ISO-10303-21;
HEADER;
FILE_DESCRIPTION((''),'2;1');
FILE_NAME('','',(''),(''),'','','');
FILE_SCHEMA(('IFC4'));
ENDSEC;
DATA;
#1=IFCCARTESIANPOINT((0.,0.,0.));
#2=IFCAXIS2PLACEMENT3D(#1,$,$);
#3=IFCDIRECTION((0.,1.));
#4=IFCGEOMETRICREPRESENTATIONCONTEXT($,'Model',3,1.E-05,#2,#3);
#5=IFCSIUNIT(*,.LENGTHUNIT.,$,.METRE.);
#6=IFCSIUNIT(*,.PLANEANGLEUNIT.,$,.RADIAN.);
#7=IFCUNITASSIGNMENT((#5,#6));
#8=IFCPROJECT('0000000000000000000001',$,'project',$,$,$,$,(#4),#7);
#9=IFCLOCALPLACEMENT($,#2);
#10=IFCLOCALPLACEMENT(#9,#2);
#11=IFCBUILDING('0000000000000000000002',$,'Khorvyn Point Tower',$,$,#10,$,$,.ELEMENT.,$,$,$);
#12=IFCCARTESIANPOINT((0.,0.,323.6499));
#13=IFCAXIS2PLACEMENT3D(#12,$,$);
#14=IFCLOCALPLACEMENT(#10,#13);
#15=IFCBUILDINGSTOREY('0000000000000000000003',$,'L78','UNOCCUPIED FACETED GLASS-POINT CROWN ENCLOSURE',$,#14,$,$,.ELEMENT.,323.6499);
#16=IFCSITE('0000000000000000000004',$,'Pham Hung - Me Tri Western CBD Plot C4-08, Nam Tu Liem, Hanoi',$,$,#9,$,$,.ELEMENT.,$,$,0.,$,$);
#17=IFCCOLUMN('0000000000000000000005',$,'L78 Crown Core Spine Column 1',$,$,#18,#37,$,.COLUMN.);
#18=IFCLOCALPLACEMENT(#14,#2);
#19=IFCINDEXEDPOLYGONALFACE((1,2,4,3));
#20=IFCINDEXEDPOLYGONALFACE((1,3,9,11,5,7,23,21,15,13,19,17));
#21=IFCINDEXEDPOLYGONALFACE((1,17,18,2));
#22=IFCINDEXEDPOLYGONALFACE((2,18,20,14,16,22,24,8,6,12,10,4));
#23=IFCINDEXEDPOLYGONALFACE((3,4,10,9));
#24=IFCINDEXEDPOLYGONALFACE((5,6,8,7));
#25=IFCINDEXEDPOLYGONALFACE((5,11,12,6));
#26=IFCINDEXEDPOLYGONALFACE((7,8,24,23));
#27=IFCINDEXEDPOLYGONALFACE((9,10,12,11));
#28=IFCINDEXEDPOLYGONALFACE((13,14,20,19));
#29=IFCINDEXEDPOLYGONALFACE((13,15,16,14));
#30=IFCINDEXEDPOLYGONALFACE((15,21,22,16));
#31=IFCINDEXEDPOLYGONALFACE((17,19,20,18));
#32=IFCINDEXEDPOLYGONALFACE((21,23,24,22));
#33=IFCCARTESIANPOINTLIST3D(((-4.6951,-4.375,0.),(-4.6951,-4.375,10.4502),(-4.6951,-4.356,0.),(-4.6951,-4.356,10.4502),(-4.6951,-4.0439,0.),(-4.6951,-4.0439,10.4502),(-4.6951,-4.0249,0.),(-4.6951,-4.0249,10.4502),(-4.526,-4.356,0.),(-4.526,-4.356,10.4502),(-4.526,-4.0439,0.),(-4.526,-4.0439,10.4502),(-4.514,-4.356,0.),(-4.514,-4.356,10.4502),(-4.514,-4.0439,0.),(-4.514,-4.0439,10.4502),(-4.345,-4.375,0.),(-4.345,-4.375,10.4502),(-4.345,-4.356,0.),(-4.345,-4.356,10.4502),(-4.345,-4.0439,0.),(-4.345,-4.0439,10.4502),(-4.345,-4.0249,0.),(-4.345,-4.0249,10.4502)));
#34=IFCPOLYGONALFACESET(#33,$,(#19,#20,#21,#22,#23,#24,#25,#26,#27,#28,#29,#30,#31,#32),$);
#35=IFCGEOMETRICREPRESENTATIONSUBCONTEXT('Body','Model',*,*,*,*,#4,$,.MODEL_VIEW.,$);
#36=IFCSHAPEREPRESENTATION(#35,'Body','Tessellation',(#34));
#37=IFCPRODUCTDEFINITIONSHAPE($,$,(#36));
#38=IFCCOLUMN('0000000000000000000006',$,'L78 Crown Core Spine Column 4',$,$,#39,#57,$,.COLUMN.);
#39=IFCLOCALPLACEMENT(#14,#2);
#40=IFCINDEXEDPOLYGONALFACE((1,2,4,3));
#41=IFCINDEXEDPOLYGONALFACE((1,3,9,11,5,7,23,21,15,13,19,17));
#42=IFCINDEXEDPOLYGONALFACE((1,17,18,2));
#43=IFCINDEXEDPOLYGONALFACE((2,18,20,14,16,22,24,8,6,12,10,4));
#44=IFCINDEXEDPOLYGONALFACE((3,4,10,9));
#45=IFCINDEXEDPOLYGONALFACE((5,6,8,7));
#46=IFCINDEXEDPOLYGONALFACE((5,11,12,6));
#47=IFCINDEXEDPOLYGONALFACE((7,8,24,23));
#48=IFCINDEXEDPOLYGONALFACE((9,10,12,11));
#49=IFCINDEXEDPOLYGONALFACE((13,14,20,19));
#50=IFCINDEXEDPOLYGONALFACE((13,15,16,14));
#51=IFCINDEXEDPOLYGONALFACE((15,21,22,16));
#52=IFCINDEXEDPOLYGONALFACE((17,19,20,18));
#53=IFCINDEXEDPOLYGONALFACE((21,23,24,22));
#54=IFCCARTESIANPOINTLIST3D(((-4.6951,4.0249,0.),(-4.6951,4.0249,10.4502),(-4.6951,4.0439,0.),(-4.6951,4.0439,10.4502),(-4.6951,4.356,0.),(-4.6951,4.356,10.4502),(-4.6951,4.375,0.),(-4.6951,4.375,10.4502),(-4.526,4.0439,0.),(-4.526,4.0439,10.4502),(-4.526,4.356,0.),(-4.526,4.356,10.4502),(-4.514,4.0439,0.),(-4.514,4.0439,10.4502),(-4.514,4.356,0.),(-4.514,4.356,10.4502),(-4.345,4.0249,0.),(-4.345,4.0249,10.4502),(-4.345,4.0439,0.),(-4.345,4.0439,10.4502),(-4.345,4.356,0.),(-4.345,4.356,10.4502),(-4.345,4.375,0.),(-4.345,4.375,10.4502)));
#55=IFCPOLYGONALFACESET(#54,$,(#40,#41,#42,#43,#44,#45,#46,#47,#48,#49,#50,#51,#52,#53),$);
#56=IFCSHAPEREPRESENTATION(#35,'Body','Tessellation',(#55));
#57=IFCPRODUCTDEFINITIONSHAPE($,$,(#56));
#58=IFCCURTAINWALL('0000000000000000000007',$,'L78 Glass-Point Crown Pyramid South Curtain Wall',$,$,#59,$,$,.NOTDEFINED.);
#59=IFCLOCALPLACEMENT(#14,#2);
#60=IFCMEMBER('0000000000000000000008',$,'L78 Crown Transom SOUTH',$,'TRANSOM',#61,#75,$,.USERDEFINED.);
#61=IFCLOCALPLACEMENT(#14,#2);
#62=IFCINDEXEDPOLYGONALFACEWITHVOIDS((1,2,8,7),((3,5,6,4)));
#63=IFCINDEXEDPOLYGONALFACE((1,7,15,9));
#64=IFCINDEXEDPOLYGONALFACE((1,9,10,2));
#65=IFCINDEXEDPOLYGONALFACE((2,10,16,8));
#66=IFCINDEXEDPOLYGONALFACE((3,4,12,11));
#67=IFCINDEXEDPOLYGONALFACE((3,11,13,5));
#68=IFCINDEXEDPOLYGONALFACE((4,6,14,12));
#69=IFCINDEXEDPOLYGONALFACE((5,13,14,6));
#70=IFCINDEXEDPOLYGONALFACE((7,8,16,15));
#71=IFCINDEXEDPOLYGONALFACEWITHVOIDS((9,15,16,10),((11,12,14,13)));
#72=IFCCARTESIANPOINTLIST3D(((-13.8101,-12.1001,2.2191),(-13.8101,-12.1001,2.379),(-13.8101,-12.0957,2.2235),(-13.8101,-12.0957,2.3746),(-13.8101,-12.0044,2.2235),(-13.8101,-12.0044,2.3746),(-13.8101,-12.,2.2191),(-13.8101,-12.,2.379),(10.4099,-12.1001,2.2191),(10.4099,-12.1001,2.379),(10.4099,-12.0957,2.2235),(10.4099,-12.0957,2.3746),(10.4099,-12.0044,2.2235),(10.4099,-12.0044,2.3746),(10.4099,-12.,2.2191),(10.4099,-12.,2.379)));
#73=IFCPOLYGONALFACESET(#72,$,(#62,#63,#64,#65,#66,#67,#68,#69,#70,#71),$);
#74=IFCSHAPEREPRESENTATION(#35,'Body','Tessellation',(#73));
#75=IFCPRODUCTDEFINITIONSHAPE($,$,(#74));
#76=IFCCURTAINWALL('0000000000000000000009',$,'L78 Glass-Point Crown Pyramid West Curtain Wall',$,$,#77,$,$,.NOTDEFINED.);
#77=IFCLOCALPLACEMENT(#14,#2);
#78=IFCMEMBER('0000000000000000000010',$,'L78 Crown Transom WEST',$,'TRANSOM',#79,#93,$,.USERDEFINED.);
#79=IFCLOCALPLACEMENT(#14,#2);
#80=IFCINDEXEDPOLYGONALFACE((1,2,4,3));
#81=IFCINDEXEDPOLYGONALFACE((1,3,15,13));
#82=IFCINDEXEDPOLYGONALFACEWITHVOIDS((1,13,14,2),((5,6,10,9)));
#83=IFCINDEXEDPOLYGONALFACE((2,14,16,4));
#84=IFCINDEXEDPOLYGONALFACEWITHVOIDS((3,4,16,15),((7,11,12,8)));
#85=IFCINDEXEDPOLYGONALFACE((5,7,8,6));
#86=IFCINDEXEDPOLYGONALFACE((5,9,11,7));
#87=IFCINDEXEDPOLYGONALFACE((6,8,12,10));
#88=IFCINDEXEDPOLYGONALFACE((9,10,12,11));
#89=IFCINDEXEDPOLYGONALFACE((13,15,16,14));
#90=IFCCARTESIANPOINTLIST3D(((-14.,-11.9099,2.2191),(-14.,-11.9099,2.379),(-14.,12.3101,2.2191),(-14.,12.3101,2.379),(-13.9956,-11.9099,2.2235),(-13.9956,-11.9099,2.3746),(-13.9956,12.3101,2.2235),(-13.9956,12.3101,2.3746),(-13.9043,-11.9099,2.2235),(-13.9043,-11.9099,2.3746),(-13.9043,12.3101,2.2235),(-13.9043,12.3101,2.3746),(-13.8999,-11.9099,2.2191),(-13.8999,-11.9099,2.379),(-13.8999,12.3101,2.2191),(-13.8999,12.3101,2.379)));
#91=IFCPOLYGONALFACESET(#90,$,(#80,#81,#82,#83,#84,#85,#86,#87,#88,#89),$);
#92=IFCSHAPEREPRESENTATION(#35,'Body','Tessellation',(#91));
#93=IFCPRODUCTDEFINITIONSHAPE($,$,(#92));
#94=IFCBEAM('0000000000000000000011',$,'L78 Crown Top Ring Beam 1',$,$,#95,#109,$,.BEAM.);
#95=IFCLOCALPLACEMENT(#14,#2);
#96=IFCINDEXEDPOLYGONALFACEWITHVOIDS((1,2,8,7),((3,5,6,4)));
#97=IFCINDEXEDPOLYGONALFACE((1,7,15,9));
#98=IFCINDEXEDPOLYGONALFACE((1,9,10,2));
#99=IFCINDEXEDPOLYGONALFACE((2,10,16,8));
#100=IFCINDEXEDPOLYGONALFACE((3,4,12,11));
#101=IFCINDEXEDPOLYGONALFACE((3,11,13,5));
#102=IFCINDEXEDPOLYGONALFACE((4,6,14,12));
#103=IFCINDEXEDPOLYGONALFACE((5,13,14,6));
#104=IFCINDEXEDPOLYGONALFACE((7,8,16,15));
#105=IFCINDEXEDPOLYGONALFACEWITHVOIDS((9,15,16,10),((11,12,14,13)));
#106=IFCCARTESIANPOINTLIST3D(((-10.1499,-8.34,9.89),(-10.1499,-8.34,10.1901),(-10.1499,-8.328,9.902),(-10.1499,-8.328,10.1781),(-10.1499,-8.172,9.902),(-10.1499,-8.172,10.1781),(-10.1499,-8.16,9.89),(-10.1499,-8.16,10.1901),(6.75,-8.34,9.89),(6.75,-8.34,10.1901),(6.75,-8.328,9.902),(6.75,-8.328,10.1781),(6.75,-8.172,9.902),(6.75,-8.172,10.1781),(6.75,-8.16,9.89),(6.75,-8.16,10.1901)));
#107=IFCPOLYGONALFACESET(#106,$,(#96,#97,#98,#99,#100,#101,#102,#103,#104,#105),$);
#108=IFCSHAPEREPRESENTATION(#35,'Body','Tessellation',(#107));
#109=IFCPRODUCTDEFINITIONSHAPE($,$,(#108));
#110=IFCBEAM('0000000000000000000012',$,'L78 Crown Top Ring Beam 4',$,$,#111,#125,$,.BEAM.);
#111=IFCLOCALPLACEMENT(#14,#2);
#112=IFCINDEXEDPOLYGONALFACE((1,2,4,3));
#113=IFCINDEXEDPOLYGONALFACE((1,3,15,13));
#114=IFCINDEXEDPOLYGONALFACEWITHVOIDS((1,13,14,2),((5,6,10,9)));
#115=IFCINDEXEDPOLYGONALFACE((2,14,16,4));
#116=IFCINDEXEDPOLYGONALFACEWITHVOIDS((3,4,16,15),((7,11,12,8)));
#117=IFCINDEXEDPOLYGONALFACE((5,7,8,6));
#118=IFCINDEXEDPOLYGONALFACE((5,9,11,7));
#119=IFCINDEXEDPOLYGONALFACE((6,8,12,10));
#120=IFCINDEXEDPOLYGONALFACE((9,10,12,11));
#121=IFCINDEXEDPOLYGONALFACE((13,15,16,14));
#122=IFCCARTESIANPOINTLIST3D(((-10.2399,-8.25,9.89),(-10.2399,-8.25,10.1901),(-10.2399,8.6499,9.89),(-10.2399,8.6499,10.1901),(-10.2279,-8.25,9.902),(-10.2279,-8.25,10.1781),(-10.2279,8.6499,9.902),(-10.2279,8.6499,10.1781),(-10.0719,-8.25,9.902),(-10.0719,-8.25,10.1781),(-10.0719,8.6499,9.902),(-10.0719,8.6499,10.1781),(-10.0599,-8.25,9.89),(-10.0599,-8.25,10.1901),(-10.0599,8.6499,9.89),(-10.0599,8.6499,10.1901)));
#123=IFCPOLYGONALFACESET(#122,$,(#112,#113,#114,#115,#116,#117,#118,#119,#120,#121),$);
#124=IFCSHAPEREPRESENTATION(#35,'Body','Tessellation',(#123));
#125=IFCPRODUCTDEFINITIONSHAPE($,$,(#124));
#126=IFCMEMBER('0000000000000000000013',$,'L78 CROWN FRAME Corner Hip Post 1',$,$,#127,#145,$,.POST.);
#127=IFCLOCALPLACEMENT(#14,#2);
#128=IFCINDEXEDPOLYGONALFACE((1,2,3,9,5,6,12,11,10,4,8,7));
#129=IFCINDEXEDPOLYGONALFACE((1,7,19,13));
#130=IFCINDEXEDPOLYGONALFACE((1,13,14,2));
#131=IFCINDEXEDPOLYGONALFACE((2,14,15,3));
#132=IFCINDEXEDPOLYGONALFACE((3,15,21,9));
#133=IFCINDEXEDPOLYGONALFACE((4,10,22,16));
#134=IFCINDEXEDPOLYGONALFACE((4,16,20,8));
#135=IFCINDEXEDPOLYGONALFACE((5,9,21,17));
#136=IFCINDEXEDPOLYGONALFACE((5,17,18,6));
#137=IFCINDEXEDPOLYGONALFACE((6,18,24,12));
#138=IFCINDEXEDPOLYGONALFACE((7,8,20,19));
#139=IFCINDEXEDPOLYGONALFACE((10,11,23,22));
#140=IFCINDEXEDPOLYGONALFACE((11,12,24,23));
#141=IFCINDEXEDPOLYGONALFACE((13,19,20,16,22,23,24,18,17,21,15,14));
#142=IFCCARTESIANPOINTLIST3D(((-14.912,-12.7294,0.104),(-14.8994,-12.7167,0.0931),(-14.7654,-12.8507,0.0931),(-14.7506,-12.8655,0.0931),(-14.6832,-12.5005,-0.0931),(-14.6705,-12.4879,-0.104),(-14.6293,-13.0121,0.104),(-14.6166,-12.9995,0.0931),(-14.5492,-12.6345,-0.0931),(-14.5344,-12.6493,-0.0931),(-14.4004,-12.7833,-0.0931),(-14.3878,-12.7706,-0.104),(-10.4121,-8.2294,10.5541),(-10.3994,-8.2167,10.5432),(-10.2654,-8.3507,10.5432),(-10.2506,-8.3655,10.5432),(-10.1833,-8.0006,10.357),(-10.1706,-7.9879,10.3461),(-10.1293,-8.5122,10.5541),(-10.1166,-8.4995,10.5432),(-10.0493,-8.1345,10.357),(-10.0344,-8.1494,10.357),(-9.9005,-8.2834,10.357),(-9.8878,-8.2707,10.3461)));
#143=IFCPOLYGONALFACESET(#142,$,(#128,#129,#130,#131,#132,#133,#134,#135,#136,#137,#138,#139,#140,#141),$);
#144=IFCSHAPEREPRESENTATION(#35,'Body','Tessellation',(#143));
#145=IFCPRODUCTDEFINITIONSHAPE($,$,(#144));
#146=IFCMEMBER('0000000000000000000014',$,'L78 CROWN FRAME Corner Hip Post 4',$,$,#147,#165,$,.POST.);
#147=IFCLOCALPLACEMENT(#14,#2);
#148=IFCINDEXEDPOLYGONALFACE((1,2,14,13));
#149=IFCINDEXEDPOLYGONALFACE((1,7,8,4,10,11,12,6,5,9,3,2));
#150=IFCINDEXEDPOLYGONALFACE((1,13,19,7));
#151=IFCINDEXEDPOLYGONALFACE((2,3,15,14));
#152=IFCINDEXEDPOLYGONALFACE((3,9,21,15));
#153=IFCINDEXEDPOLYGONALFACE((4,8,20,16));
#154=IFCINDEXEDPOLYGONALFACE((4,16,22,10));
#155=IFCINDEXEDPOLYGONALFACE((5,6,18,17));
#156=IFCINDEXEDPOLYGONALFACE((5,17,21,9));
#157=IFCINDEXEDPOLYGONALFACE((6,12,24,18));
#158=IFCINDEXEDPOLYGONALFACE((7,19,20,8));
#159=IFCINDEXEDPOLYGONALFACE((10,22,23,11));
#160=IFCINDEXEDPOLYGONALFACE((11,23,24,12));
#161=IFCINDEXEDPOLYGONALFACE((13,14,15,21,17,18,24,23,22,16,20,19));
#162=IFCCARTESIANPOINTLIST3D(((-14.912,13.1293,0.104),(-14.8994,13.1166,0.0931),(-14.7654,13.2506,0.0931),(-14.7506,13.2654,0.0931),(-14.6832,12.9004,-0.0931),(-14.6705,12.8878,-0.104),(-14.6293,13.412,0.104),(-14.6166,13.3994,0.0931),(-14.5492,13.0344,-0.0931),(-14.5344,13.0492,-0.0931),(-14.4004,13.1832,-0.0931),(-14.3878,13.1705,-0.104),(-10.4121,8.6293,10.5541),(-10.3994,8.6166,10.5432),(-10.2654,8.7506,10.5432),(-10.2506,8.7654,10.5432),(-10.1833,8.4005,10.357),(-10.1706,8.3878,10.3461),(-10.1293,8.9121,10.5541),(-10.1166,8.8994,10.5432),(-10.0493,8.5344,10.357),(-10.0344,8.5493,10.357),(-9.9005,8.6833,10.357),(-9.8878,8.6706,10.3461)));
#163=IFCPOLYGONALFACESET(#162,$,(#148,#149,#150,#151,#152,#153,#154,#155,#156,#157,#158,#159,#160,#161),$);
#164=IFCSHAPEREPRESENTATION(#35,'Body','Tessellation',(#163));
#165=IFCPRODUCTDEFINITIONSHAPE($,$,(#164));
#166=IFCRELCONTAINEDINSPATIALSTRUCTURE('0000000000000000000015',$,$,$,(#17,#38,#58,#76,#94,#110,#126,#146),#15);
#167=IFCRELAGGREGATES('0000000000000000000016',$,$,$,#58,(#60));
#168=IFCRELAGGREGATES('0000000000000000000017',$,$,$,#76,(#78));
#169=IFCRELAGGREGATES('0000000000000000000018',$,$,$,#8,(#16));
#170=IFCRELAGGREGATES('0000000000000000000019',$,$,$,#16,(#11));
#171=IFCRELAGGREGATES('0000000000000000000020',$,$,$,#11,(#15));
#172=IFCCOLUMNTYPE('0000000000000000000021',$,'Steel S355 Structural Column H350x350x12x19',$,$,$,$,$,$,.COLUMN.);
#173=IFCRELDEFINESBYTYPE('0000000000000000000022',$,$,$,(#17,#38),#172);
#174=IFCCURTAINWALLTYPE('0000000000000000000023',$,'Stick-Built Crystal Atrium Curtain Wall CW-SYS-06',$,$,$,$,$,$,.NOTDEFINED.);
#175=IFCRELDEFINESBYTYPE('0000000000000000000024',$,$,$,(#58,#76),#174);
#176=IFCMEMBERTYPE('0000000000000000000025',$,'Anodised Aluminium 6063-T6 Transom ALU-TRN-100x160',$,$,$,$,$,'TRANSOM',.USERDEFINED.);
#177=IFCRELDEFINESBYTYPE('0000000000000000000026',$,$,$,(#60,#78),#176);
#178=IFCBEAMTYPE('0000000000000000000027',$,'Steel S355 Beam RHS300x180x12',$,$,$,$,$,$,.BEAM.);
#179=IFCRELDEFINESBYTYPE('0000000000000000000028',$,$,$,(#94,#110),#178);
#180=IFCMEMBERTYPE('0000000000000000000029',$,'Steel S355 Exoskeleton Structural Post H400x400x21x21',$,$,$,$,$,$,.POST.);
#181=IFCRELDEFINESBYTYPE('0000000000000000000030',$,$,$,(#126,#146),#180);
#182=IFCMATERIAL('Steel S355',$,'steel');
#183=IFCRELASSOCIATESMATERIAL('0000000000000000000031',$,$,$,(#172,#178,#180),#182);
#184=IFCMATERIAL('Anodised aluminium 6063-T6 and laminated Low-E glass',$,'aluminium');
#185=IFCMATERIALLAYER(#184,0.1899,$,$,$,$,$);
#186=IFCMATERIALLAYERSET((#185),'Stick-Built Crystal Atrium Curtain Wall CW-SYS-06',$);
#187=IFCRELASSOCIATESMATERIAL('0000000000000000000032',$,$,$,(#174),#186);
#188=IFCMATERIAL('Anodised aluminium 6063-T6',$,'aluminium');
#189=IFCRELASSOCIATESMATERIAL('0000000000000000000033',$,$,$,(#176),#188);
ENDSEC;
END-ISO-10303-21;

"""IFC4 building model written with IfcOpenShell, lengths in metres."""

from ifc_helpers import new_model, si_unit, direction, frame, origin, origin_2d, place, context, subcontext, project, spatial, hollow_rectangle, i_section, extrude, material, layer, layer_set, material_profile, profile_set, type_object, element, aggregate, save


model = new_model("IFC4")

# Units and contexts
model_context = context("Model", 3, precision=1e-05, world=origin(), true_north=direction((0.0, 1.0)))
body_context = subcontext(model_context, "Body", "Model", "MODEL_VIEW")
ifc_project = project(units=[si_unit("LENGTHUNIT", "METRE"), si_unit("PLANEANGLEUNIT", "RADIAN")], contexts=[model_context])

# Site, building, storey
site_placement = place(None, origin())
site = spatial("IfcSite", under=ifc_project, at=site_placement, Name="Pham Hung - Me Tri Western CBD Plot C4-08, Nam Tu Liem, Hanoi", CompositionType="ELEMENT", RefElevation=0.0)
building_placement = place(site_placement, origin())
building = spatial("IfcBuilding", under=site, at=building_placement, Name="Khorvyn Point Tower", CompositionType="ELEMENT")
storey_placement = place(building_placement, frame((0.0, 0.0, 323.6499)))
storey = spatial("IfcBuildingStorey", under=building, at=storey_placement, Name="L78", Description="UNOCCUPIED FACETED GLASS-POINT CROWN ENCLOSURE", CompositionType="ELEMENT", Elevation=323.6499)

# Columns
ifc_material_1 = material(Name="Steel S355", Category="steel")
ifc_material_profile_1 = material_profile(ifc_material_1, i_section(OverallWidth=0.3501, OverallDepth=0.3501, WebThickness=0.012, FlangeThickness=0.019, at=origin_2d()))
ifc_profile_set_1 = profile_set([ifc_material_profile_1], Name="Steel S355 H350x350x12x19")
column_type = type_object("IfcColumnType", Name="Steel S355 Structural Column H350x350x12x19", PredefinedType="COLUMN", material=ifc_profile_set_1)
for number, where, z_axis, x_axis, name in (
    (1, (-4.52, -4.2, 0.0), (0.0, 0.0, 1.0), (1.0, 0.0, 0.0), "L78 Crown Core Spine Column 1"),
    (2, (-4.52, 4.2, 0.0), (0.0, 0.0, 1.0), (1.0, 0.0, 0.0), "L78 Crown Core Spine Column 4"),
):
    element("IfcColumn", number, at=place(storey_placement, frame(where, z_axis=z_axis, x_axis=x_axis)), inside=storey, type_object=column_type, Name=name, PredefinedType="COLUMN", context=body_context, shape_type="SweptSolid", body=[
        extrude(i_section(OverallWidth=0.3501, OverallDepth=0.3501, WebThickness=0.012, FlangeThickness=0.019, at=origin_2d()), origin(), (0.0, 0.0, 1.0), 10.4502),
    ])

# Curtain walls, members
ifc_material_2 = material(Name="Anodised aluminium 6063-T6 and laminated Low-E glass", Category="aluminium")
ifc_layer_1 = layer(ifc_material_2, 0.1899)
ifc_layer_set_1 = layer_set([ifc_layer_1], Name="Stick-Built Crystal Atrium Curtain Wall CW-SYS-06")
curtain_wall_type = type_object("IfcCurtainWallType", Name="Stick-Built Crystal Atrium Curtain Wall CW-SYS-06", PredefinedType="NOTDEFINED", material=ifc_layer_set_1)
curtain_wall_1_placement = place(storey_placement, origin())
curtain_wall_1 = element("IfcCurtainWall", 3, at=curtain_wall_1_placement, inside=storey, type_object=curtain_wall_type, Name="L78 Glass-Point Crown Pyramid South Curtain Wall", PredefinedType="NOTDEFINED")
ifc_material_3 = material(Name="Anodised aluminium 6063-T6", Category="aluminium")
ifc_material_profile_2 = material_profile(ifc_material_3, hollow_rectangle(XDim=0.1001, YDim=0.1599, WallThickness=0.0044, at=origin_2d()))
ifc_profile_set_2 = profile_set([ifc_material_profile_2], Name="Anodised aluminium 6063-T6 ALU-TRN-100x160")
member_type_1 = type_object("IfcMemberType", Name="Anodised Aluminium 6063-T6 Transom ALU-TRN-100x160", ElementType="TRANSOM", PredefinedType="USERDEFINED", material=ifc_profile_set_2)
member_1_placement = place(storey_placement, frame((-13.8101, -12.05, 2.2991), z_axis=(1.0, 0.0, 0.0), x_axis=(0.0, 1.0, 0.0)))
member_1 = element("IfcMember", 4, at=member_1_placement, type_object=member_type_1, Name="L78 Crown Transom SOUTH", ObjectType="TRANSOM", PredefinedType="USERDEFINED", context=body_context, shape_type="SweptSolid", body=[
    extrude(hollow_rectangle(XDim=0.1001, YDim=0.1599, WallThickness=0.0044, at=origin_2d()), origin(), (0.0, 0.0, 1.0), 24.22),
])
curtain_wall_2_placement = place(storey_placement, origin())
curtain_wall_2 = element("IfcCurtainWall", 5, at=curtain_wall_2_placement, inside=storey, type_object=curtain_wall_type, Name="L78 Glass-Point Crown Pyramid West Curtain Wall", PredefinedType="NOTDEFINED")
member_2_placement = place(storey_placement, frame((-13.95, 12.3101, 2.2991), z_axis=(0.0, -1.0, 0.0), x_axis=(1.0, 0.0, 0.0)))
member_2 = element("IfcMember", 6, at=member_2_placement, type_object=member_type_1, Name="L78 Crown Transom WEST", ObjectType="TRANSOM", PredefinedType="USERDEFINED", context=body_context, shape_type="SweptSolid", body=[
    extrude(hollow_rectangle(XDim=0.1001, YDim=0.1599, WallThickness=0.0044, at=origin_2d()), origin(), (0.0, 0.0, 1.0), 24.22),
])

# Beams
ifc_material_profile_3 = material_profile(ifc_material_1, hollow_rectangle(XDim=0.1799, YDim=0.3, WallThickness=0.012, at=origin_2d()))
ifc_profile_set_3 = profile_set([ifc_material_profile_3], Name="Steel S355 RHS300x180x12")
beam_type_1 = type_object("IfcBeamType", Name="Steel S355 Beam RHS300x180x12", PredefinedType="BEAM", material=ifc_profile_set_3)
for number, where, z_axis, x_axis, name in (
    (7, (-10.1499, -8.25, 10.04), (1.0, 0.0, 0.0), (0.0, 1.0, 0.0), "L78 Crown Top Ring Beam 1"),
    (8, (-10.1499, 8.6499, 10.04), (0.0, -1.0, 0.0), (1.0, 0.0, 0.0), "L78 Crown Top Ring Beam 4"),
):
    element("IfcBeam", number, at=place(storey_placement, frame(where, z_axis=z_axis, x_axis=x_axis)), inside=storey, type_object=beam_type_1, Name=name, PredefinedType="BEAM", context=body_context, shape_type="SweptSolid", body=[
        extrude(hollow_rectangle(XDim=0.1799, YDim=0.3, WallThickness=0.012, at=origin_2d()), origin(), (0.0, 0.0, 1.0), 16.8999),
    ])

# Members
ifc_material_profile_4 = material_profile(ifc_material_1, i_section(OverallWidth=0.3999, OverallDepth=0.3999, WebThickness=0.021, FlangeThickness=0.021, at=origin_2d()))
ifc_profile_set_4 = profile_set([ifc_material_profile_4], Name="Steel S355 H400x400x21x21")
member_type_2 = type_object("IfcMemberType", Name="Steel S355 Exoskeleton Structural Post H400x400x21x21", PredefinedType="POST", material=ifc_profile_set_4)
for number, where, z_axis, x_axis, name in (
    (9, (-14.6499, -12.75, 0.0), (0.367783, 0.367783, 0.854091), (-0.707107, 0.707107, 0.0), "L78 CROWN FRAME Corner Hip Post 1"),
    (10, (-14.6499, 13.1499, 0.0), (0.367783, -0.367783, 0.854091), (0.707107, 0.707107, 0.0), "L78 CROWN FRAME Corner Hip Post 4"),
):
    element("IfcMember", number, at=place(storey_placement, frame(where, z_axis=z_axis, x_axis=x_axis)), inside=storey, type_object=member_type_2, Name=name, PredefinedType="POST", context=body_context, shape_type="SweptSolid", body=[
        extrude(i_section(OverallWidth=0.3999, OverallDepth=0.3999, WebThickness=0.021, FlangeThickness=0.021, at=origin_2d()), origin(), (0.0, 0.0, 1.0), 12.2354),
    ])

aggregate(curtain_wall_1, [member_1])
aggregate(curtain_wall_2, [member_2])

save(model, "model.ifc")
